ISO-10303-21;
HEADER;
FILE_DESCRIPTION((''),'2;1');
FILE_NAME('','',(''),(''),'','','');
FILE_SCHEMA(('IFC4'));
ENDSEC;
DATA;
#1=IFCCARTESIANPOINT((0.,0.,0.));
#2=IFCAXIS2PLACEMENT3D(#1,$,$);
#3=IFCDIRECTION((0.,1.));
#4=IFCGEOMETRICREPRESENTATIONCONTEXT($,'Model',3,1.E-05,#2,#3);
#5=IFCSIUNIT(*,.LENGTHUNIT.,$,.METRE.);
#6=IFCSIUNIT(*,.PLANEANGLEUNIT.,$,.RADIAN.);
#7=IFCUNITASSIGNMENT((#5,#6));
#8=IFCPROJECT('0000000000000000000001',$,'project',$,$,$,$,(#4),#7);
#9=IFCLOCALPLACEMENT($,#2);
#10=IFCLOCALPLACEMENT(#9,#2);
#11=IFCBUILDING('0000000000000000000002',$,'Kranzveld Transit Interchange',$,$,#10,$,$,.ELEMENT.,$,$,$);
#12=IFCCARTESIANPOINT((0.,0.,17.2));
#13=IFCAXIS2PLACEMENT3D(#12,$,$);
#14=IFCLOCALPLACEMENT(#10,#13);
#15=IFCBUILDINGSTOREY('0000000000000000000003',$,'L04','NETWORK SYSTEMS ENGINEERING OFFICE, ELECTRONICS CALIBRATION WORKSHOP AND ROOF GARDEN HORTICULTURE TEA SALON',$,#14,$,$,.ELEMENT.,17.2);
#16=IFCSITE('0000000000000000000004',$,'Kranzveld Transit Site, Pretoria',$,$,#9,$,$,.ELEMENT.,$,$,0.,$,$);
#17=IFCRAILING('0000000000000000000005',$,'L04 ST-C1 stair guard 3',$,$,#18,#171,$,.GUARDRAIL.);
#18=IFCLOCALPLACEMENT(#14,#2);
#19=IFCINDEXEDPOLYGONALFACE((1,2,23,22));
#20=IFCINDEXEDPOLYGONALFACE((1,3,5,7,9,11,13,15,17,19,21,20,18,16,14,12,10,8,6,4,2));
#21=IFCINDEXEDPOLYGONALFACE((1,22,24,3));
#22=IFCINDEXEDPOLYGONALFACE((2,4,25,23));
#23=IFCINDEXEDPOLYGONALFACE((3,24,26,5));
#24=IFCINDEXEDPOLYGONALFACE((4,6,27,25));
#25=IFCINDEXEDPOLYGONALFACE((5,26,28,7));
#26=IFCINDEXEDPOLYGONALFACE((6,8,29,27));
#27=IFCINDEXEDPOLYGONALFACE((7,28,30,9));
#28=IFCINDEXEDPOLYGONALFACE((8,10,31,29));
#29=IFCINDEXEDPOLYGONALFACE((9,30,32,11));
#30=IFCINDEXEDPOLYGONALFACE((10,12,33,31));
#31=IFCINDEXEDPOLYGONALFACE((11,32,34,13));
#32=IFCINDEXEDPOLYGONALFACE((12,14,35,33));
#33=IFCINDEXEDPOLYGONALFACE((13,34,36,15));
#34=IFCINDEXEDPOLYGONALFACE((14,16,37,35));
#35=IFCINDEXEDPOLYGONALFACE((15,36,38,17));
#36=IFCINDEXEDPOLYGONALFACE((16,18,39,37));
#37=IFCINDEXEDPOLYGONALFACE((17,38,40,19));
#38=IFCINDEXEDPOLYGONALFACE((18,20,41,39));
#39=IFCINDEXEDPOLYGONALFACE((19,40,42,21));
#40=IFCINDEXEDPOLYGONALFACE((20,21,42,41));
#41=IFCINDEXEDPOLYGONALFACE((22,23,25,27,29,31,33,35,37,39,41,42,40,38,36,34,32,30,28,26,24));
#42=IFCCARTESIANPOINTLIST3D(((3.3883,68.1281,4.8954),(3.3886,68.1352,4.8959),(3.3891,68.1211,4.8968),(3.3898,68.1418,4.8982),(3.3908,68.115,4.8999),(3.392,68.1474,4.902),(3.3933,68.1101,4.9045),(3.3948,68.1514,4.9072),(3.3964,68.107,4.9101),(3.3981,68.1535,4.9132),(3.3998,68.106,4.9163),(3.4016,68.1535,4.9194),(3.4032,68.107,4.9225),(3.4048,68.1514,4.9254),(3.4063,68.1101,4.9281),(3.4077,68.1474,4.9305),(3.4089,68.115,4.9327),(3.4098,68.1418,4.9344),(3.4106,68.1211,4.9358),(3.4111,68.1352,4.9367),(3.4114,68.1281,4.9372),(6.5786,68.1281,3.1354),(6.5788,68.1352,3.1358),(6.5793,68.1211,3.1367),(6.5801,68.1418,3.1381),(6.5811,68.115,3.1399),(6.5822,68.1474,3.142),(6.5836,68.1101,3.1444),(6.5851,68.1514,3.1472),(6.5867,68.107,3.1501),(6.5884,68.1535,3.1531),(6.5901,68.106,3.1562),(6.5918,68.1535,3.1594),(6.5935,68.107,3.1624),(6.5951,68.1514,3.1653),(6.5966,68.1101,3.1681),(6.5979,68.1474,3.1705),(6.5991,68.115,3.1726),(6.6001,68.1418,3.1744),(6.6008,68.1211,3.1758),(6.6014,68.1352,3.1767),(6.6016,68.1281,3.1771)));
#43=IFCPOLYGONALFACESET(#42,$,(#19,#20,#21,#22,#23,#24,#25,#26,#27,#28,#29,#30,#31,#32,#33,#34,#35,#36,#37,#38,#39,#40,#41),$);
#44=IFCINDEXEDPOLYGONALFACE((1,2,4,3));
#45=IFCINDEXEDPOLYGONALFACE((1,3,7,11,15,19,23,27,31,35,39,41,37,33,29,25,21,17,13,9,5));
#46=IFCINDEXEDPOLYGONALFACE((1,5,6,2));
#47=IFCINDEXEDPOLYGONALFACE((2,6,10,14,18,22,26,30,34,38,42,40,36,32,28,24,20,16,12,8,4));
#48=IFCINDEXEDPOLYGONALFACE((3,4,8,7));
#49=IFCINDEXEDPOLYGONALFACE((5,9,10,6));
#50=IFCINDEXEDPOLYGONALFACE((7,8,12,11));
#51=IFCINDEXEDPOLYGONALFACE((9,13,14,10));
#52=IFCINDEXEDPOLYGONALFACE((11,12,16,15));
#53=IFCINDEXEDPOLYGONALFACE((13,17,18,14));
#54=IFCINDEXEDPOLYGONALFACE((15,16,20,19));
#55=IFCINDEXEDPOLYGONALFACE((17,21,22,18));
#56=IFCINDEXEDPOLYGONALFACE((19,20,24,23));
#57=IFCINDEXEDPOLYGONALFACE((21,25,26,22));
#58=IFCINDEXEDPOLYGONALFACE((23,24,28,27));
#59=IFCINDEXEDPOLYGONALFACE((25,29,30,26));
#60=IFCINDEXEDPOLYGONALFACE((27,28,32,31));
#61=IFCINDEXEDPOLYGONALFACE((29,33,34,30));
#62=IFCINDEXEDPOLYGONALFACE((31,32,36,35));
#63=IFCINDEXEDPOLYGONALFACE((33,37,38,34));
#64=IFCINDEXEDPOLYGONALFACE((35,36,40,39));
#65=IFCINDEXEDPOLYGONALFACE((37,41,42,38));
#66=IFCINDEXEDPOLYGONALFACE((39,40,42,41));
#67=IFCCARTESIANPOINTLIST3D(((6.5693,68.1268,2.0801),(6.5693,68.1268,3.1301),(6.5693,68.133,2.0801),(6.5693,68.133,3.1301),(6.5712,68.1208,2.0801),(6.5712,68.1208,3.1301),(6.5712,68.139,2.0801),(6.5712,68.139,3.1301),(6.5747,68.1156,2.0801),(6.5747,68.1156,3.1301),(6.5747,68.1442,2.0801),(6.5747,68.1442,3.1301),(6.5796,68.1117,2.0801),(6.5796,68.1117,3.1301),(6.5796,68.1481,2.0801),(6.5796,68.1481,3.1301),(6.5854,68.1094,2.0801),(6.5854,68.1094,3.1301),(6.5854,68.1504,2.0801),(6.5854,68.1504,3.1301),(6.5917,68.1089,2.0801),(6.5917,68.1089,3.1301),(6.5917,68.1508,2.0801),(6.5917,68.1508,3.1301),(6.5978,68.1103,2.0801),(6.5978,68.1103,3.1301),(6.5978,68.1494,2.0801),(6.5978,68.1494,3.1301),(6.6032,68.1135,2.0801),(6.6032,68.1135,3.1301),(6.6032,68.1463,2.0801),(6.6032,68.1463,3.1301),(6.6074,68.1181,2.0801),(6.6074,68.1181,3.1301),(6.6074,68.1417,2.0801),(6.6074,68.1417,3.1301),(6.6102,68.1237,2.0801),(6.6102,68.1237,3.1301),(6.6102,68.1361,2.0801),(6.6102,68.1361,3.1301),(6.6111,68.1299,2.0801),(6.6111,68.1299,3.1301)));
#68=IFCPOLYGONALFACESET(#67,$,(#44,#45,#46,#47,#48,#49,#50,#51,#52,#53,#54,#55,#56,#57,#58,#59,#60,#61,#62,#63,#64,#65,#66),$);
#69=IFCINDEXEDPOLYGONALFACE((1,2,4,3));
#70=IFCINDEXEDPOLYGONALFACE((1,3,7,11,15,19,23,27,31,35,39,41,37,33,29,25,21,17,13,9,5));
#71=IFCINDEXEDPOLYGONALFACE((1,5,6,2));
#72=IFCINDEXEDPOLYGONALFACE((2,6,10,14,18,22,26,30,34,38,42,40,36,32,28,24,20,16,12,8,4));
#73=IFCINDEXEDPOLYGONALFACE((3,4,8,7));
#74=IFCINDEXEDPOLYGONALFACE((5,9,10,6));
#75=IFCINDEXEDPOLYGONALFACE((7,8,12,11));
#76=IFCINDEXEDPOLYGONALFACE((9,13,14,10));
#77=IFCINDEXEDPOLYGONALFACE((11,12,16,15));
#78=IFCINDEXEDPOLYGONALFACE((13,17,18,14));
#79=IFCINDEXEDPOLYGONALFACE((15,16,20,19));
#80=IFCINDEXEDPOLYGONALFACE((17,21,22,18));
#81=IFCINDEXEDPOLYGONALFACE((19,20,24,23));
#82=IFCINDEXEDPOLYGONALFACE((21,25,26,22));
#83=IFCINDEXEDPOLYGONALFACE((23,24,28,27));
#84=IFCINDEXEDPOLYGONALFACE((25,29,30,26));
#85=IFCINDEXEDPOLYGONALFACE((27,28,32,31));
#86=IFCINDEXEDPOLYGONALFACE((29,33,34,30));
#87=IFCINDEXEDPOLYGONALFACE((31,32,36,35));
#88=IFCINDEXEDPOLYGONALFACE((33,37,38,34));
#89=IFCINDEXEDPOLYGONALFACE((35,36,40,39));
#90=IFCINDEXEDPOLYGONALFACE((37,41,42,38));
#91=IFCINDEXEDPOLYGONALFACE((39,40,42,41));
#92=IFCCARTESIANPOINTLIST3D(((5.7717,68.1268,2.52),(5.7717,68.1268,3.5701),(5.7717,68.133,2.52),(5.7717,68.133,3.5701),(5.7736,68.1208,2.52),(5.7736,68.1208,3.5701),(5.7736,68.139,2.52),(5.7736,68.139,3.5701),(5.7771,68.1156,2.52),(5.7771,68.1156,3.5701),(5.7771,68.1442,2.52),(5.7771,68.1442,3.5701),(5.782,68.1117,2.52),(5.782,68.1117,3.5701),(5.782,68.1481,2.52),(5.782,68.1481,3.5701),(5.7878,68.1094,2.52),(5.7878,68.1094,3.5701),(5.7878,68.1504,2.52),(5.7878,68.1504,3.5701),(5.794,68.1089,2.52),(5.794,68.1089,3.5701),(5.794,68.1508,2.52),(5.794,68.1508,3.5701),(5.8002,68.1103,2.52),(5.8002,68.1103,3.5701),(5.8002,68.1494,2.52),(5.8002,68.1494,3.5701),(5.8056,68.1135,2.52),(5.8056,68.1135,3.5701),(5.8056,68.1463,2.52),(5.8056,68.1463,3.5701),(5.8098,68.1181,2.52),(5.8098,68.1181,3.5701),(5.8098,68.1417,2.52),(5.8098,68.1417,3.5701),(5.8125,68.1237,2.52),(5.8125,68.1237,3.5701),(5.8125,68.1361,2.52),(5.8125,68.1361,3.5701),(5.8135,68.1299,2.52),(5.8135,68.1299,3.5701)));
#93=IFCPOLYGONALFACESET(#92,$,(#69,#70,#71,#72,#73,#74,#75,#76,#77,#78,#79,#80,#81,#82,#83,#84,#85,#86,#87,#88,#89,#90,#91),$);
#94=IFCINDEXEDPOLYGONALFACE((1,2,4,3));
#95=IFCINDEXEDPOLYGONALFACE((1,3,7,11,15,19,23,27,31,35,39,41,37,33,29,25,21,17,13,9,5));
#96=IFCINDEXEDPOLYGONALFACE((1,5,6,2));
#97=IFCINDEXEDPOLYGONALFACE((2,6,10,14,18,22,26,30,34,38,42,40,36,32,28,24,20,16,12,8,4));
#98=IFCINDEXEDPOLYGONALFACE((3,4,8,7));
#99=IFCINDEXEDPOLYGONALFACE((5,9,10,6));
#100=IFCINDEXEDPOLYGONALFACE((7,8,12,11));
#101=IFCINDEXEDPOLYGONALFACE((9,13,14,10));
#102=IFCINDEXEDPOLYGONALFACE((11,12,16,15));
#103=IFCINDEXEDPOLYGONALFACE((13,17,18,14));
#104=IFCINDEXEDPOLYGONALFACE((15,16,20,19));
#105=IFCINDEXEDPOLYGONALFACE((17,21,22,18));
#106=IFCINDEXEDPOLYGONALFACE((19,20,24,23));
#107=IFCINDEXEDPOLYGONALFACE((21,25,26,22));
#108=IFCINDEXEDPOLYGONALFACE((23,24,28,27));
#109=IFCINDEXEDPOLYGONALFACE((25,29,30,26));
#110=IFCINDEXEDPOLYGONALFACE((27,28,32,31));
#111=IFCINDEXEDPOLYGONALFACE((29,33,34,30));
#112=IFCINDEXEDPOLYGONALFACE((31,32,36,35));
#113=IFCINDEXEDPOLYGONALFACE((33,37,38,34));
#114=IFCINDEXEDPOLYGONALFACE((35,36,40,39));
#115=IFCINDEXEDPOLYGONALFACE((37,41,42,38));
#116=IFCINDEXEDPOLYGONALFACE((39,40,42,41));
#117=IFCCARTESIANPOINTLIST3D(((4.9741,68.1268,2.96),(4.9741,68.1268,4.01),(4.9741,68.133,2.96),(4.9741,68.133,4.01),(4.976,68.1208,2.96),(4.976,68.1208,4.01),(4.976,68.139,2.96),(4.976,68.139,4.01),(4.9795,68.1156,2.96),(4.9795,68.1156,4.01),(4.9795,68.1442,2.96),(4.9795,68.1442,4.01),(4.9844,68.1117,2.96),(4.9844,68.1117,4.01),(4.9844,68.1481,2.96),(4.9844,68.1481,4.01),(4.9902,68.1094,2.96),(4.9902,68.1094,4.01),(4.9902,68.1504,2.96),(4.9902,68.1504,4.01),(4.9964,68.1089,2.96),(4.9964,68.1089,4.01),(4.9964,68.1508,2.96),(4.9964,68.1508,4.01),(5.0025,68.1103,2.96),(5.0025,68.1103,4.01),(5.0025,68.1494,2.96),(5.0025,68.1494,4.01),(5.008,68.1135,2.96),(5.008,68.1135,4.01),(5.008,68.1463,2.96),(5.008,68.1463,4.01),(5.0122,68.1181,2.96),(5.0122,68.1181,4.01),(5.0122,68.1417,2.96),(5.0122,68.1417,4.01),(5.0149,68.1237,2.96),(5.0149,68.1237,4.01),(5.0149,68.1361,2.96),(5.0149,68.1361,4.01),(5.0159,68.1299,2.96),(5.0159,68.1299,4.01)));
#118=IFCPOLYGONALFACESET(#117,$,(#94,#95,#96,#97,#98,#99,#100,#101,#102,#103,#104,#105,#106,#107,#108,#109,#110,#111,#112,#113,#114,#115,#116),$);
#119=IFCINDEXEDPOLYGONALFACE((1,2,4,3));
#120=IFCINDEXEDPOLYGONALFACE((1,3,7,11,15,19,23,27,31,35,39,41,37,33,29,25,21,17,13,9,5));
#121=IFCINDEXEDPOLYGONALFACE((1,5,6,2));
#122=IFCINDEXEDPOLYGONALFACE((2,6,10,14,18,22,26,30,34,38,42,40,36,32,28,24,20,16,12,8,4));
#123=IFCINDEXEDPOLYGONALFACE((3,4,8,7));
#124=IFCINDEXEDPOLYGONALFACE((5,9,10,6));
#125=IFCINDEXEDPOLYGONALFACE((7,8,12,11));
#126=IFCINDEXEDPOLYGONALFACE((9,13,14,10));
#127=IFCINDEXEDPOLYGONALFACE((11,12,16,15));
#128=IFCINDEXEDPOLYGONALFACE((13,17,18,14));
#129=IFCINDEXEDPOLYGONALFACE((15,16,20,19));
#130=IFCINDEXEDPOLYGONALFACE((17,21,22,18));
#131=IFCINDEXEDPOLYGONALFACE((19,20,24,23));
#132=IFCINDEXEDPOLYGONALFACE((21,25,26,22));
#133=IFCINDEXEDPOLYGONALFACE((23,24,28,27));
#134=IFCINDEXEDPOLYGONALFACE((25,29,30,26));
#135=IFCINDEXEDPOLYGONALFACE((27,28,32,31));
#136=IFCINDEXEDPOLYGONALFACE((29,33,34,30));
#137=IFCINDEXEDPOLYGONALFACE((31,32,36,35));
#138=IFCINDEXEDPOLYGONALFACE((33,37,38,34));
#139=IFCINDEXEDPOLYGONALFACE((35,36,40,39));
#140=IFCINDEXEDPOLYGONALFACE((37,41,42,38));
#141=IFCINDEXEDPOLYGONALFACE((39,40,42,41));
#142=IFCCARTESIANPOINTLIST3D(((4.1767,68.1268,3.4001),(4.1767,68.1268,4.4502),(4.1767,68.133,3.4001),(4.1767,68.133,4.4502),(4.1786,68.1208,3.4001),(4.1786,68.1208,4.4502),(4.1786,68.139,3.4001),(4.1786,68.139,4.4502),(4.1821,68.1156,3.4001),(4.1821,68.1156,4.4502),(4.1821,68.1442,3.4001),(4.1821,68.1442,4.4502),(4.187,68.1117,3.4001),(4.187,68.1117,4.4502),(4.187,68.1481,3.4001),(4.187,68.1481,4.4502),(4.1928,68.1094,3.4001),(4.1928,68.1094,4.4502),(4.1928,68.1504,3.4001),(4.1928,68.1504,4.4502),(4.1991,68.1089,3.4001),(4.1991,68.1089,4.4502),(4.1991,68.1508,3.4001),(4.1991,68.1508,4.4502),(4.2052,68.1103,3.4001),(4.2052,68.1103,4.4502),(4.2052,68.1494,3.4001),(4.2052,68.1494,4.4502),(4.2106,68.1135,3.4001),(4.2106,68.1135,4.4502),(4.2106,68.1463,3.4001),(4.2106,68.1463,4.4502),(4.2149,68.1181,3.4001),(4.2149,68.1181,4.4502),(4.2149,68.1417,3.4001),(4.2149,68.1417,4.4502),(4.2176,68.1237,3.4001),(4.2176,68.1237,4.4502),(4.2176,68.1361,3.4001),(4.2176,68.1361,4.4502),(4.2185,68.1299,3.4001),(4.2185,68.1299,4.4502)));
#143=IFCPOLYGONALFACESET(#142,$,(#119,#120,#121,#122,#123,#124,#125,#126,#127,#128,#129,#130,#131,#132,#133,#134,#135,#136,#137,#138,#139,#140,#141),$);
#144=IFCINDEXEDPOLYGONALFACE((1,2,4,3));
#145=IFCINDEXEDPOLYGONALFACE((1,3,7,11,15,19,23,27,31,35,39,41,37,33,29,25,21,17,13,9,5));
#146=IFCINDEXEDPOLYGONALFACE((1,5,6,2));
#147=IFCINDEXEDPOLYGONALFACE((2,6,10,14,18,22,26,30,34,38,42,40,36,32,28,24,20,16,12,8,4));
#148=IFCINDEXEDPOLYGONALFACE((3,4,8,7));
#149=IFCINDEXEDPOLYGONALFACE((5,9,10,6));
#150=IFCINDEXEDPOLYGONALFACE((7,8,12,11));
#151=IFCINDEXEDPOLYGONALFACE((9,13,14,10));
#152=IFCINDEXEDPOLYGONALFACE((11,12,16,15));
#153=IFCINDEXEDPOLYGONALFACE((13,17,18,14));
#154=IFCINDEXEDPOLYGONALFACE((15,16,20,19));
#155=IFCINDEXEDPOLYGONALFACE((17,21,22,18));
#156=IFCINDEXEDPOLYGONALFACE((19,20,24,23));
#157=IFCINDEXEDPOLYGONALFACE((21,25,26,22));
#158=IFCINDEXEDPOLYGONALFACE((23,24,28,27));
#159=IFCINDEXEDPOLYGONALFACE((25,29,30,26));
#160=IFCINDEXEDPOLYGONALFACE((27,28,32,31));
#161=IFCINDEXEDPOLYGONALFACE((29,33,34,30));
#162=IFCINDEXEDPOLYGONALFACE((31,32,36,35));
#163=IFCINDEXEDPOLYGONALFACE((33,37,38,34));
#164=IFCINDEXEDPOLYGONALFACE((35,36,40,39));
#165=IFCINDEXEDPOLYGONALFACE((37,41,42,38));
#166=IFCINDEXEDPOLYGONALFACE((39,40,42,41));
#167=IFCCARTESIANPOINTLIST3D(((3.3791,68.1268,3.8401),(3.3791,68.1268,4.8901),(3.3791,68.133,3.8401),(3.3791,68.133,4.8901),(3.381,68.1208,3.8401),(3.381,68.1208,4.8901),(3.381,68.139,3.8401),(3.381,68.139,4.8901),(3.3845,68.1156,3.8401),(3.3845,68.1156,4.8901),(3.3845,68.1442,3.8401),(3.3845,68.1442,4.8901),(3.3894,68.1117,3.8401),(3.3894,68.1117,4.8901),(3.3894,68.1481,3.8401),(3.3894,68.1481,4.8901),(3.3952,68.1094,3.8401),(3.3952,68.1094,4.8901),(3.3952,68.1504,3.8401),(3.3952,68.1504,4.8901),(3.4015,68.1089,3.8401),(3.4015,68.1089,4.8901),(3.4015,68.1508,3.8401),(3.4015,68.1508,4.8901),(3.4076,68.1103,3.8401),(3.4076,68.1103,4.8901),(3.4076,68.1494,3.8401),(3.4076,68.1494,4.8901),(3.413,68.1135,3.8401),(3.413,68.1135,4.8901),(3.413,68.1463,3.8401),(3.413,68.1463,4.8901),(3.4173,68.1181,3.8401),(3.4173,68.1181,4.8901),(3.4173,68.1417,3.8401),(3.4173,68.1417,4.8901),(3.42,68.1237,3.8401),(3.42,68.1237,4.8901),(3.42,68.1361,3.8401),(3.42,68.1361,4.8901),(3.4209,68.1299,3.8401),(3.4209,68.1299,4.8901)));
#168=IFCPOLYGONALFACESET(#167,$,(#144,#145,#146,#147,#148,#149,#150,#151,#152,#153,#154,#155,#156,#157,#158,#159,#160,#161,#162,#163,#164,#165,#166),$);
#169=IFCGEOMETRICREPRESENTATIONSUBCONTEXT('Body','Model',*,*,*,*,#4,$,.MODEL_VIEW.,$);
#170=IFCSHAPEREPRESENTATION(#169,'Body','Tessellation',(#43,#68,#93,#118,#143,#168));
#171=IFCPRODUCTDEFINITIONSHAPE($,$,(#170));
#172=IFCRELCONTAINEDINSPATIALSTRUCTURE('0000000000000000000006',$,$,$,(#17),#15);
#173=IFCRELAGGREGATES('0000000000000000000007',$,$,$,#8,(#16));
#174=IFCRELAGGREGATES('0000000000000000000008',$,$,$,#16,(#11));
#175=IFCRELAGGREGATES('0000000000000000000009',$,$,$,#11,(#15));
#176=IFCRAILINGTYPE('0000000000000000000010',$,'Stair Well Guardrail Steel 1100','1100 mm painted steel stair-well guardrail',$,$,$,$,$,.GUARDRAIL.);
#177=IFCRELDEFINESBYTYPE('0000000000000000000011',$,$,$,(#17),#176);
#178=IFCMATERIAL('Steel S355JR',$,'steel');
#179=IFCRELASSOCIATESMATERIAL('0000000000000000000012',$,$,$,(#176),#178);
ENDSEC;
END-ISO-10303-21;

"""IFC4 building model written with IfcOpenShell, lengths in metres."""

from ifc_helpers import new_model, si_unit, direction, frame, origin, origin_2d, place, context, subcontext, project, spatial, circle, extrude, material, type_object, element, save


model = new_model("IFC4")

# Units and contexts
model_context = context("Model", 3, precision=1e-05, world=origin(), true_north=direction((0.0, 1.0)))
body_context = subcontext(model_context, "Body", "Model", "MODEL_VIEW")
ifc_project = project(units=[si_unit("LENGTHUNIT", "METRE"), si_unit("PLANEANGLEUNIT", "RADIAN")], contexts=[model_context])

# Site, building, storey
site_placement = place(None, origin())
site = spatial("IfcSite", under=ifc_project, at=site_placement, Name="Kranzveld Transit Site, Pretoria", CompositionType="ELEMENT", RefElevation=0.0)
building_placement = place(site_placement, origin())
building = spatial("IfcBuilding", under=site, at=building_placement, Name="Kranzveld Transit Interchange", CompositionType="ELEMENT")
storey_placement = place(building_placement, frame((0.0, 0.0, 17.2)))
storey = spatial("IfcBuildingStorey", under=building, at=storey_placement, Name="L04", Description="NETWORK SYSTEMS ENGINEERING OFFICE, ELECTRONICS CALIBRATION WORKSHOP AND ROOF GARDEN HORTICULTURE TEA SALON", CompositionType="ELEMENT", Elevation=17.2)

# Railing
ifc_material_1 = material(Name="Steel S355JR", Category="steel")
railing_type_1 = type_object("IfcRailingType", Name="Stair Well Guardrail Steel 1100", Description="1100 mm painted steel stair-well guardrail", PredefinedType="GUARDRAIL", material=ifc_material_1)
railing_1_placement = place(storey_placement, frame((6.5901, 68.1299, 2.0801)))
element("IfcRailing", 1, at=railing_1_placement, inside=storey, type_object=railing_type_1, Name="L04 ST-C1 stair guard 3", PredefinedType="GUARDRAIL", context=body_context, shape_type="SweptSolid", body=[
    extrude(circle(Radius=0.0239, at=origin_2d()), frame((0.0, 0.0, 1.0762), z_axis=(-0.875588, 0.0, 0.483058), x_axis=(0.0, -1.0, 0.0)), (0.0, 0.0, 1.0), 3.6436),
    extrude(circle(Radius=0.021, at=origin_2d()), origin(), (0.0, 0.0, 1.0), 1.05),
    extrude(circle(Radius=0.021, at=origin_2d()), frame((-0.7976, 0.0, 0.4399)), (0.0, 0.0, 1.0), 1.05),
    extrude(circle(Radius=0.021, at=origin_2d()), frame((-1.5952, 0.0, 0.8799)), (0.0, 0.0, 1.0), 1.05),
    extrude(circle(Radius=0.021, at=origin_2d()), frame((-2.3926, 0.0, 1.3201)), (0.0, 0.0, 1.0), 1.05),
    extrude(circle(Radius=0.021, at=origin_2d()), frame((-3.1902, 0.0, 1.76)), (0.0, 0.0, 1.0), 1.05),
])

save(model, "model.ifc")
